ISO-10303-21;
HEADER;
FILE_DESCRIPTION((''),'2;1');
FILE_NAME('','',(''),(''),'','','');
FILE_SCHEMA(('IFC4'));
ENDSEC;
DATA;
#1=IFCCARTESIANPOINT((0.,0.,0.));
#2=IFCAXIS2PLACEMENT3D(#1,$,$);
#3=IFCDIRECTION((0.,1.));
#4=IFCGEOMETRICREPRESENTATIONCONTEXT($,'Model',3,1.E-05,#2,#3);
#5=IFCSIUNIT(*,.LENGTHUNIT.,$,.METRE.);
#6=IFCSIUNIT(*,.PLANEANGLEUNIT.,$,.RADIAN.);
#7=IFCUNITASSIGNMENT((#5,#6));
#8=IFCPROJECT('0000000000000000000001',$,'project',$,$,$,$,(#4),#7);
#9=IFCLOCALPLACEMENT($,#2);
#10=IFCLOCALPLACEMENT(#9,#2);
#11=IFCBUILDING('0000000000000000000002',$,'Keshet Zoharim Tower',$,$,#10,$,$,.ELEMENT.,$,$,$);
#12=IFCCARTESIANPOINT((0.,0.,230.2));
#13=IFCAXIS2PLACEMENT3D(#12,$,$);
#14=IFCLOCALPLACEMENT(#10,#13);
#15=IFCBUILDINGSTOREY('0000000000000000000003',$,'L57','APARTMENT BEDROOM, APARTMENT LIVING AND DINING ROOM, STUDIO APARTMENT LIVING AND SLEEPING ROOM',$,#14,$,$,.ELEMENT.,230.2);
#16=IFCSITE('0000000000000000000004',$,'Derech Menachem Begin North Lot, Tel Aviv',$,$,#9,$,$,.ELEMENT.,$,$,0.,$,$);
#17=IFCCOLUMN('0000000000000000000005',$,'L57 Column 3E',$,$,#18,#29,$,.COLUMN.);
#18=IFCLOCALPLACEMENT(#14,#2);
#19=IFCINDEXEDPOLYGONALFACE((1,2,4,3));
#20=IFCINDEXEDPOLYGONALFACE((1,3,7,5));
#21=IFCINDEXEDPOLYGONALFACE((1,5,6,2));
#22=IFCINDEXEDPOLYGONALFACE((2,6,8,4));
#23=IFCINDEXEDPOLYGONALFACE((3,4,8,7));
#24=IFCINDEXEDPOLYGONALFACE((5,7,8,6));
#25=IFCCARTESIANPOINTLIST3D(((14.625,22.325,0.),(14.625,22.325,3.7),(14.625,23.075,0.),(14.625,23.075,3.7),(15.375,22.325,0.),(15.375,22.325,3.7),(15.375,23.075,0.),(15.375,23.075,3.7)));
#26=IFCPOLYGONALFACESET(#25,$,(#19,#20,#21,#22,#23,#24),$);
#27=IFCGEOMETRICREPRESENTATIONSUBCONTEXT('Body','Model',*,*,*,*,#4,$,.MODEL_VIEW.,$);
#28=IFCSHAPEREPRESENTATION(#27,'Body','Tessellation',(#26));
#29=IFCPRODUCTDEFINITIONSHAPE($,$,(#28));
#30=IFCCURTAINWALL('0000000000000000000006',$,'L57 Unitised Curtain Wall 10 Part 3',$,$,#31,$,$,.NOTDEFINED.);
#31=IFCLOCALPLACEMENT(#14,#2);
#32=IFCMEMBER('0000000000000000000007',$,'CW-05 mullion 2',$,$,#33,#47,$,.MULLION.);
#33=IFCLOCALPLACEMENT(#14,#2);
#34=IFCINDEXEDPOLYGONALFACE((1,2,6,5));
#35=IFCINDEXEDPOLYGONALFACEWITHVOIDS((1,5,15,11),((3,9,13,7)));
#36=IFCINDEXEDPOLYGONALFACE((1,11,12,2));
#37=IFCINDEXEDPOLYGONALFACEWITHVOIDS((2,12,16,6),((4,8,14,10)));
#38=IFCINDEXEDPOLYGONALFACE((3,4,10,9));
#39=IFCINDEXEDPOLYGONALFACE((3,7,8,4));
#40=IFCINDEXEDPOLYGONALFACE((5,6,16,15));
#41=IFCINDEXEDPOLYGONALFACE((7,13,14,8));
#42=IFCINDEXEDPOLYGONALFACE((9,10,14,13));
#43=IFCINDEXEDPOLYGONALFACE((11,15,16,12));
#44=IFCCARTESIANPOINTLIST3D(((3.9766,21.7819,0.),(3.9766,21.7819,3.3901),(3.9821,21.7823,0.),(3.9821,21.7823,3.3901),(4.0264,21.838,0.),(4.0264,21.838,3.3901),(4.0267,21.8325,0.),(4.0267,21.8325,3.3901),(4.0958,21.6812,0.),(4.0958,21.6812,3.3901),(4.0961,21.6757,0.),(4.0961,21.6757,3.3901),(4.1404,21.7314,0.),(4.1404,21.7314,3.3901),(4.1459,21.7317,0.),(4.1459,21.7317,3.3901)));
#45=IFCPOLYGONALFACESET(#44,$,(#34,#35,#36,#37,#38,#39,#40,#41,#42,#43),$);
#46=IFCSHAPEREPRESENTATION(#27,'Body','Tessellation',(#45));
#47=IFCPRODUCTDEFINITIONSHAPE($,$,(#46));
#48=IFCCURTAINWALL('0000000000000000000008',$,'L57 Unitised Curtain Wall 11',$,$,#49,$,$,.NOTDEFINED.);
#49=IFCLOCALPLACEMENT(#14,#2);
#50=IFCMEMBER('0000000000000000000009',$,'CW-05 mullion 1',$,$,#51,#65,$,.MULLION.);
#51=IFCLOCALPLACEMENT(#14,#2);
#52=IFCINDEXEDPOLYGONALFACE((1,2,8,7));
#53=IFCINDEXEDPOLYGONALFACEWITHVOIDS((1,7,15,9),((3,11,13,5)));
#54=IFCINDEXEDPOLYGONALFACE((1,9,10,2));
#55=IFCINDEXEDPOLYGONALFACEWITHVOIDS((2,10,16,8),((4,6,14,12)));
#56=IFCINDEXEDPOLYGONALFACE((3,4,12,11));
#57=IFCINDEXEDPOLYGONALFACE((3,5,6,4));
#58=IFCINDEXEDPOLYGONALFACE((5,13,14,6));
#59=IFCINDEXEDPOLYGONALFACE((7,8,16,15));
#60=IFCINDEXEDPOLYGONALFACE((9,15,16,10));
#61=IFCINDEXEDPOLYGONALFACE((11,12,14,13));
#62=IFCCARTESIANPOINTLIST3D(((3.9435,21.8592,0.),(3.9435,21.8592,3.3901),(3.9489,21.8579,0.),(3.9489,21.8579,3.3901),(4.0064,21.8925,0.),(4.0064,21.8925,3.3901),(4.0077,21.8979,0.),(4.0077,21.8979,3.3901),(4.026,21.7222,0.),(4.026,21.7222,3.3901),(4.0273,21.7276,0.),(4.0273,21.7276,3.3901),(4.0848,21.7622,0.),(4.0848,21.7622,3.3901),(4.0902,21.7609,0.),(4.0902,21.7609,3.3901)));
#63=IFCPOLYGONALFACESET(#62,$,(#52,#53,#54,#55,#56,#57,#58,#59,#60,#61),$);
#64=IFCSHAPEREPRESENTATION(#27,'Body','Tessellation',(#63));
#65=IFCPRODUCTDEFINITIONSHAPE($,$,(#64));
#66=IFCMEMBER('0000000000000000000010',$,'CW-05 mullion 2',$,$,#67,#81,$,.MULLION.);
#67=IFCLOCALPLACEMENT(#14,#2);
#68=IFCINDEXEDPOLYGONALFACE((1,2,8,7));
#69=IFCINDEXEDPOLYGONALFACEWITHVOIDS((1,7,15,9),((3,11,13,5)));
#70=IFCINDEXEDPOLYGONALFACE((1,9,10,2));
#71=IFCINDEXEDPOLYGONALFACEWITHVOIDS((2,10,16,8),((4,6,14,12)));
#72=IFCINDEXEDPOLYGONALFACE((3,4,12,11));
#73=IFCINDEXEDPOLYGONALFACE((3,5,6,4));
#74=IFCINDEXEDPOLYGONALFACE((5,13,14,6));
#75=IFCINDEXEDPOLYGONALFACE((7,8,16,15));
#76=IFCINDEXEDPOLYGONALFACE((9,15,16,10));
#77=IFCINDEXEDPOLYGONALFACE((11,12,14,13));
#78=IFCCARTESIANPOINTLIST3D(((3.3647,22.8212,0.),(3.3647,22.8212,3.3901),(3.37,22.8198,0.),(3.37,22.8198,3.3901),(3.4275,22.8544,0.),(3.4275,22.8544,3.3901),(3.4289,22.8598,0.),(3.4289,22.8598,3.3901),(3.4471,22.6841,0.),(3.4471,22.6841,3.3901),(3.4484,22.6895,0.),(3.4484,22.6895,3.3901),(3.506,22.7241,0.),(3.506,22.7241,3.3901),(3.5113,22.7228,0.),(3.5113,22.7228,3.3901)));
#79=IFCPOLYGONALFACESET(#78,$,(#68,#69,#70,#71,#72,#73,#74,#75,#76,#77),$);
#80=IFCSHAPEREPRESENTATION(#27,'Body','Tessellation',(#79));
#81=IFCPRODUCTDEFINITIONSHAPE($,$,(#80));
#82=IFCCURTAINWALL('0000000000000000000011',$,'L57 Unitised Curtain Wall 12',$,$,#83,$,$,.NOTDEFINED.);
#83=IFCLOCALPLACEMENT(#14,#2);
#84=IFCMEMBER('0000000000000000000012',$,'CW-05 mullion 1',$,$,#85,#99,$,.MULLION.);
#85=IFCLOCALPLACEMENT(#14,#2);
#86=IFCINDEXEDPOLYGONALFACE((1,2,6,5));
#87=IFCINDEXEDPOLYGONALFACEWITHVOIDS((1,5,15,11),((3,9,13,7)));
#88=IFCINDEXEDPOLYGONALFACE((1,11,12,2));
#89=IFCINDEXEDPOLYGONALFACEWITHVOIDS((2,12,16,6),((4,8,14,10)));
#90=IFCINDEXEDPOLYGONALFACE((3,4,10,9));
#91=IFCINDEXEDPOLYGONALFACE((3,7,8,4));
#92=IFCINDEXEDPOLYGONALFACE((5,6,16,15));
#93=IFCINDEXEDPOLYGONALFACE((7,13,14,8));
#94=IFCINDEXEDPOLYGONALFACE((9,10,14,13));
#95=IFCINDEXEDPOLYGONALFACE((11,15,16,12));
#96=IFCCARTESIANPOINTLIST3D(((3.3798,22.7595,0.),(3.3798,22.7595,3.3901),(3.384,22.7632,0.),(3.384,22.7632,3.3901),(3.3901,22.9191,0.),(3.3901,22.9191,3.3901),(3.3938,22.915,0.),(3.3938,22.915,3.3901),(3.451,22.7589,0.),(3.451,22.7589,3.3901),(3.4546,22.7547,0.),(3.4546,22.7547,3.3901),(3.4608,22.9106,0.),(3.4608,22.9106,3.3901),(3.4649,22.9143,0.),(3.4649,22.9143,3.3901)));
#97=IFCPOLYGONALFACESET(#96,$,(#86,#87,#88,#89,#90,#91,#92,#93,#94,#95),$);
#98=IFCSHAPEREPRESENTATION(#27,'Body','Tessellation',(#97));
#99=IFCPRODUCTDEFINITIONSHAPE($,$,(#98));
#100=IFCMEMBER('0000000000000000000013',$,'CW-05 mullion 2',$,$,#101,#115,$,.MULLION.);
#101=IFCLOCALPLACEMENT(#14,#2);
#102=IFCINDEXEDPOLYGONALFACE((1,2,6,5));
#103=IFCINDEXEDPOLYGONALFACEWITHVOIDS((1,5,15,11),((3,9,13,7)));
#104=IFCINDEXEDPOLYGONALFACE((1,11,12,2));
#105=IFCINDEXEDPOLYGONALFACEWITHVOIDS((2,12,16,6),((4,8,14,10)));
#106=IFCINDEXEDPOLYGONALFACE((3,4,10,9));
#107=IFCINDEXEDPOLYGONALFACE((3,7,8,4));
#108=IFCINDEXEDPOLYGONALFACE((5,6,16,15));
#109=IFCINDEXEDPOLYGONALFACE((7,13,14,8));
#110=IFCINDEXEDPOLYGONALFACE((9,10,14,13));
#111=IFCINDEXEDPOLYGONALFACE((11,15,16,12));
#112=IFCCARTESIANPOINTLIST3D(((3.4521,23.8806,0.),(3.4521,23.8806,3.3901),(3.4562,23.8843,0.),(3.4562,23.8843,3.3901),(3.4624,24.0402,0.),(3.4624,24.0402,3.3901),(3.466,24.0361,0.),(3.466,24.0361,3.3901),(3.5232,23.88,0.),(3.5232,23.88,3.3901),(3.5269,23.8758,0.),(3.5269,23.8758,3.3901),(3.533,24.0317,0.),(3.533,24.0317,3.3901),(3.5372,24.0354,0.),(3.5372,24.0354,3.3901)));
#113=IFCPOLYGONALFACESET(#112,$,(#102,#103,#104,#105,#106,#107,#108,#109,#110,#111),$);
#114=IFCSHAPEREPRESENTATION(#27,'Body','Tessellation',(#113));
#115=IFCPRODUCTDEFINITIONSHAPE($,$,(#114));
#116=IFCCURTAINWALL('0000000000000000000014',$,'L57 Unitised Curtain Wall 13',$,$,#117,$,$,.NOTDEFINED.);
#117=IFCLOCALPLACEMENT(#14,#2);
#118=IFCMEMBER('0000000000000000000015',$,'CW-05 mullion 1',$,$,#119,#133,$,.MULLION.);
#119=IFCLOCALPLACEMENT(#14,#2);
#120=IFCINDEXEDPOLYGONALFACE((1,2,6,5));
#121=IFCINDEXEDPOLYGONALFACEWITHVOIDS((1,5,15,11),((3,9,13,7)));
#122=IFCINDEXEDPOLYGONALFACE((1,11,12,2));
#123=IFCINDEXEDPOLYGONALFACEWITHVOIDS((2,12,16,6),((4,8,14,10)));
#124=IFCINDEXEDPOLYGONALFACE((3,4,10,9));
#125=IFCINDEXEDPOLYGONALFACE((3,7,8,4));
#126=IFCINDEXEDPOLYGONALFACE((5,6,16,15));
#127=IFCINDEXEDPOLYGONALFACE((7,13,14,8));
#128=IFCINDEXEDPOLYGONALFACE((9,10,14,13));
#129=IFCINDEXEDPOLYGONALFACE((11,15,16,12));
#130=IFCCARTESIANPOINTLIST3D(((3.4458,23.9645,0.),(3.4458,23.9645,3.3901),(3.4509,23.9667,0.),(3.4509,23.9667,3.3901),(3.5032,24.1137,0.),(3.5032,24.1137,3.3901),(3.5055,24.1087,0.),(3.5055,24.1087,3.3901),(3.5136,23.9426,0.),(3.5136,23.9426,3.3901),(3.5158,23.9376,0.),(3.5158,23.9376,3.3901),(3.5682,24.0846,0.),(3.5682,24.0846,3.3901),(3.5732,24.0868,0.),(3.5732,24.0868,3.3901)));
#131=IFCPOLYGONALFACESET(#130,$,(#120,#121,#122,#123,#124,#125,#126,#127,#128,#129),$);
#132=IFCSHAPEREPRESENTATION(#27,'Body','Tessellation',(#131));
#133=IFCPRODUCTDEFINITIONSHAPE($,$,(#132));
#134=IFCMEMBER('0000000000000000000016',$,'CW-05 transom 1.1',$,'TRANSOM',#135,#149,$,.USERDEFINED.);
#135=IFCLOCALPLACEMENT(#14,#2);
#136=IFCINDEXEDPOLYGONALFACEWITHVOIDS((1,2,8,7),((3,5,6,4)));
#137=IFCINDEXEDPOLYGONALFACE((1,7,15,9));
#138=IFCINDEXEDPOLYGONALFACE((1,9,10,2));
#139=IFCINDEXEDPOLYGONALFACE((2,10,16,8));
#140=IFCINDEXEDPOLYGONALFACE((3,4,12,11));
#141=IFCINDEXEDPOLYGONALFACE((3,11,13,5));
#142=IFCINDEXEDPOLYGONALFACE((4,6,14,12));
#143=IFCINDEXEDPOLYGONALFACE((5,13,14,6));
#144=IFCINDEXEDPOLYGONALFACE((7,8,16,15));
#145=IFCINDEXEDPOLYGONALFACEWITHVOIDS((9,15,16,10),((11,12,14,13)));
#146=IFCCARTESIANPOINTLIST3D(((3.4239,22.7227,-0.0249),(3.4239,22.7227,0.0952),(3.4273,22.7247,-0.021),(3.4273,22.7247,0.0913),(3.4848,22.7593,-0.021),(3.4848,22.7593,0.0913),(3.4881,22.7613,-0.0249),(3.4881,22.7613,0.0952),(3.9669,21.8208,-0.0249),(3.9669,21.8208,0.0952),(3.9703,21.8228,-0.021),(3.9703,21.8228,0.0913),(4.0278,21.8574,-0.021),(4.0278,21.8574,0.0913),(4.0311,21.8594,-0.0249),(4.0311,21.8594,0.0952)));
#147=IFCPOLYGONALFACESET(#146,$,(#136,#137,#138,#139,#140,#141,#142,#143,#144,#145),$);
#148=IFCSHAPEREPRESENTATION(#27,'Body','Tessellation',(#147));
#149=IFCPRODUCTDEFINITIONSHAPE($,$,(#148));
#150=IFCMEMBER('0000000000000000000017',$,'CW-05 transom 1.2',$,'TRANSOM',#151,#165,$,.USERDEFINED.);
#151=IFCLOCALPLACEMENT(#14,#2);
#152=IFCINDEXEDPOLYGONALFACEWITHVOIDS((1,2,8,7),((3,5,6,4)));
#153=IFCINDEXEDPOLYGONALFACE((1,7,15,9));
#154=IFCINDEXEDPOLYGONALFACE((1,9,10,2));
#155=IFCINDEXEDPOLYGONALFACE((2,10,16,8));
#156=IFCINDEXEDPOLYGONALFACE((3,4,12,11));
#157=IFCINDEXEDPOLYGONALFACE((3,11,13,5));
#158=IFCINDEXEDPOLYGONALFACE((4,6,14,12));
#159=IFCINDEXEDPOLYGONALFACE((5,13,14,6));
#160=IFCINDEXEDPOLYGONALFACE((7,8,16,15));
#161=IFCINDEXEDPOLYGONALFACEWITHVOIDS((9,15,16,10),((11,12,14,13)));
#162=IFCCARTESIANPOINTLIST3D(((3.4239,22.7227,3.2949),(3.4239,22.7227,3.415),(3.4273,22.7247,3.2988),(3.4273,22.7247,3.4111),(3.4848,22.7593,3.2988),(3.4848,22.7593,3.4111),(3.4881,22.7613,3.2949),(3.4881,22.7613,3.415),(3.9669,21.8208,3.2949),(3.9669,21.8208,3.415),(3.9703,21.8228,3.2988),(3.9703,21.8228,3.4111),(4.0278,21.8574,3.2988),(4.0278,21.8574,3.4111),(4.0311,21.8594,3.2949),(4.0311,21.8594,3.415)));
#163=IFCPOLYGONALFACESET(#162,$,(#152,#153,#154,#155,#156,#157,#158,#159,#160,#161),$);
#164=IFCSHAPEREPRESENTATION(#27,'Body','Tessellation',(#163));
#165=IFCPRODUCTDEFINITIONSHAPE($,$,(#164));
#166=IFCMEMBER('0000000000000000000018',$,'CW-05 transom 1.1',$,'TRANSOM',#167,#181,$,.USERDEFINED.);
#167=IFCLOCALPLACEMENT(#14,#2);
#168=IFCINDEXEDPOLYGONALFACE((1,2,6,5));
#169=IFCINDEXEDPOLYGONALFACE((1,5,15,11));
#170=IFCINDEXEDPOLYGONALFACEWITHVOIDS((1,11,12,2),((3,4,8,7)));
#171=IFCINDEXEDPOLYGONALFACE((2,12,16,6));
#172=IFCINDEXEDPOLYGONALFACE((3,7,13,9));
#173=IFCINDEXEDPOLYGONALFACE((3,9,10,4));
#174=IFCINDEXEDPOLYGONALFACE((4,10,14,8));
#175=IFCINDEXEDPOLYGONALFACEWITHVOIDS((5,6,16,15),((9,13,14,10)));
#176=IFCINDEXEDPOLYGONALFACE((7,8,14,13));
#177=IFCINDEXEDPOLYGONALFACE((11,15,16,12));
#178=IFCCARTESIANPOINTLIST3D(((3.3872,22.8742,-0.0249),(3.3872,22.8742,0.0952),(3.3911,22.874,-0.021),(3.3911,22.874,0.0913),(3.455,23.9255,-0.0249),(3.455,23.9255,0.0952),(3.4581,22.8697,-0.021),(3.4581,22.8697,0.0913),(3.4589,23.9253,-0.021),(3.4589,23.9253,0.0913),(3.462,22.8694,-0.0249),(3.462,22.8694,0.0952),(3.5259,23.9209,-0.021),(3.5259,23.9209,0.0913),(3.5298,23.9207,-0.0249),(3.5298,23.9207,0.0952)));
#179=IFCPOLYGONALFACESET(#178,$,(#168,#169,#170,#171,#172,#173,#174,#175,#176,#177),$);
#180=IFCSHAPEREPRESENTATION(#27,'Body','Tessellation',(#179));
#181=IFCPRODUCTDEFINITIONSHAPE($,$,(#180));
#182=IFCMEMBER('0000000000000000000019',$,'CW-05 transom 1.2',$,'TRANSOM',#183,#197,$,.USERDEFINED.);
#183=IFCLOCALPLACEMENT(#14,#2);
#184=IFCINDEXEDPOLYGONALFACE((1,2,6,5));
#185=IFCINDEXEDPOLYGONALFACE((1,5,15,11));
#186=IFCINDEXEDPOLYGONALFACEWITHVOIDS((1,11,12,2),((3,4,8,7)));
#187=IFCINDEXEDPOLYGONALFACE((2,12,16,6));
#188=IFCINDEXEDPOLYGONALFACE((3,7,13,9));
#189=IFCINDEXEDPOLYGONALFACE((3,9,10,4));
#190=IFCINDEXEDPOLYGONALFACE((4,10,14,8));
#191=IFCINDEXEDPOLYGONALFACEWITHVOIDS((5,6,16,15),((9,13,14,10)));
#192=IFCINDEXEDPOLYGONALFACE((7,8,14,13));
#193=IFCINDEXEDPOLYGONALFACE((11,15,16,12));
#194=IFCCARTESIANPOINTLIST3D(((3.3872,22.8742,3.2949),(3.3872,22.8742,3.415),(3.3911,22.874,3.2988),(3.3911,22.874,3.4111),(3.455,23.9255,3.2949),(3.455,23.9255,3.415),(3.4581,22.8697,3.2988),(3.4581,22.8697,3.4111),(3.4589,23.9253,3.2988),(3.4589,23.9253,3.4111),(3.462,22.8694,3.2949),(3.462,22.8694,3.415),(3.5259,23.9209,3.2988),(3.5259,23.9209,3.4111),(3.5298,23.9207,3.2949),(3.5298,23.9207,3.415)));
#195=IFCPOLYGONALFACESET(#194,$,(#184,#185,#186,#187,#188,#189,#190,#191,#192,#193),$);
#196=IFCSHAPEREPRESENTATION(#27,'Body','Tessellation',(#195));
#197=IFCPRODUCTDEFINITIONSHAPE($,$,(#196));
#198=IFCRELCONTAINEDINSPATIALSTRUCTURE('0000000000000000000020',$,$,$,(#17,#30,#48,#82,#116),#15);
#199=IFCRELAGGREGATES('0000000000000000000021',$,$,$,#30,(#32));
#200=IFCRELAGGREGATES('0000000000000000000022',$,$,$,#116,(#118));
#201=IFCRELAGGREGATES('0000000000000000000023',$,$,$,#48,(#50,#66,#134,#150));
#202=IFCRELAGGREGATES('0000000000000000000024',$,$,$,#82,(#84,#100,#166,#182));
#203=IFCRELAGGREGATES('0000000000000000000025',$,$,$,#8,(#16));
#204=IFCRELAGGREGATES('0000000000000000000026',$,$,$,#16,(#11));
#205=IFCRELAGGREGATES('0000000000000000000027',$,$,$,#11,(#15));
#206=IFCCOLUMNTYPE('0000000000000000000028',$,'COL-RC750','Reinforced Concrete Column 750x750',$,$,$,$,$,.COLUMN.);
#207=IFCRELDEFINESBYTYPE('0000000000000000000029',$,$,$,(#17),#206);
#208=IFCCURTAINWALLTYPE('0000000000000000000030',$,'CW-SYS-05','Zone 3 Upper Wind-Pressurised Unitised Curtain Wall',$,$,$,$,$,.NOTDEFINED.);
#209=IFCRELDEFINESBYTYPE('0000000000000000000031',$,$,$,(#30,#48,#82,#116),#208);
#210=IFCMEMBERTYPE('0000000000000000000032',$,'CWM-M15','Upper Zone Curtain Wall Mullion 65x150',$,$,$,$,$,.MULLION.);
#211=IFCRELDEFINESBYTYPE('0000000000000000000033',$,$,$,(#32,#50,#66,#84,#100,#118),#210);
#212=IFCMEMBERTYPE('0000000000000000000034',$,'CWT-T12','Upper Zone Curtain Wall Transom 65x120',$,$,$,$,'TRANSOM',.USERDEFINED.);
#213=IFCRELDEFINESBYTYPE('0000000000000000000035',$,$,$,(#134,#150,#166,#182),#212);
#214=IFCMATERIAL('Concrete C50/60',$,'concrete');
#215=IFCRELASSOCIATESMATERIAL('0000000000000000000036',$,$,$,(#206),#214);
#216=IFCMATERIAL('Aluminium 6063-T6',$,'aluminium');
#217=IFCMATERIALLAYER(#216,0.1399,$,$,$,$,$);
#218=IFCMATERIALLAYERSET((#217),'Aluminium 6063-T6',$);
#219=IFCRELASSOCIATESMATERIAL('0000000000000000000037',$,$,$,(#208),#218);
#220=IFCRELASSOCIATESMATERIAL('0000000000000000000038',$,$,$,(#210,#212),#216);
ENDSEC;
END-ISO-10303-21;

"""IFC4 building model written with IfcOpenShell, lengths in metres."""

from ifc_helpers import new_model, si_unit, direction, frame, origin, origin_2d, place, context, subcontext, project, spatial, rectangle, hollow_rectangle, extrude, material, layer, layer_set, material_profile, profile_set, type_object, element, aggregate, save


model = new_model("IFC4")

# Units and contexts
model_context = context("Model", 3, precision=1e-05, world=origin(), true_north=direction((0.0, 1.0)))
body_context = subcontext(model_context, "Body", "Model", "MODEL_VIEW")
ifc_project = project(units=[si_unit("LENGTHUNIT", "METRE"), si_unit("PLANEANGLEUNIT", "RADIAN")], contexts=[model_context])

# Site, building, storey
site_placement = place(None, origin())
site = spatial("IfcSite", under=ifc_project, at=site_placement, Name="Derech Menachem Begin North Lot, Tel Aviv", CompositionType="ELEMENT", RefElevation=0.0)
building_placement = place(site_placement, origin())
building = spatial("IfcBuilding", under=site, at=building_placement, Name="Keshet Zoharim Tower", CompositionType="ELEMENT")
storey_placement = place(building_placement, frame((0.0, 0.0, 230.2)))
storey = spatial("IfcBuildingStorey", under=building, at=storey_placement, Name="L57", Description="APARTMENT BEDROOM, APARTMENT LIVING AND DINING ROOM, STUDIO APARTMENT LIVING AND SLEEPING ROOM", CompositionType="ELEMENT", Elevation=230.2)

# Column
ifc_material_1 = material(Name="Concrete C50/60", Category="concrete")
ifc_material_profile_1 = material_profile(ifc_material_1, rectangle(XDim=0.75, YDim=0.75, at=origin_2d()), Name="RC750x750")
ifc_profile_set_1 = profile_set([ifc_material_profile_1], Name="Concrete C50/60")
column_type = type_object("IfcColumnType", Name="COL-RC750", Description="Reinforced Concrete Column 750x750", PredefinedType="COLUMN", material=ifc_profile_set_1)
column_placement = place(storey_placement, frame((15.0, 22.7, 0.0), z_axis=(0.0, 0.0, 1.0), x_axis=(1.0, 0.0, 0.0)))
element("IfcColumn", 1, at=column_placement, inside=storey, type_object=column_type, Name="L57 Column 3E", PredefinedType="COLUMN", context=body_context, shape_type="SweptSolid", body=[
    extrude(rectangle(XDim=0.75, YDim=0.75, at=origin_2d()), origin(), (0.0, 0.0, 1.0), 3.7),
])

# Curtain wall, member
ifc_material_2 = material(Name="Aluminium 6063-T6", Category="aluminium")
ifc_layer_1 = layer(ifc_material_2, 0.1399)
ifc_layer_set_1 = layer_set([ifc_layer_1], Name="Aluminium 6063-T6")
curtain_wall_type = type_object("IfcCurtainWallType", Name="CW-SYS-05", Description="Zone 3 Upper Wind-Pressurised Unitised Curtain Wall", PredefinedType="NOTDEFINED", material=ifc_layer_set_1)
curtain_wall_1_placement = place(storey_placement, origin())
curtain_wall_1 = element("IfcCurtainWall", 2, at=curtain_wall_1_placement, inside=storey, type_object=curtain_wall_type, Name="L57 Unitised Curtain Wall 10 Part 3", PredefinedType="NOTDEFINED")
ifc_material_profile_2 = material_profile(ifc_material_2, hollow_rectangle(XDim=0.075, YDim=0.1599, WallThickness=0.0039, at=origin_2d()), Name="MUL-75x160")
ifc_profile_set_2 = profile_set([ifc_material_profile_2], Name="Aluminium 6063-T6")
member_type_1 = type_object("IfcMemberType", Name="CWM-M15", Description="Upper Zone Curtain Wall Mullion 65x150", PredefinedType="MULLION", material=ifc_profile_set_2)
member_1_placement = place(storey_placement, frame((4.0613, 21.7568, 0.0), z_axis=(0.0, 0.0, 1.0), x_axis=(-0.664364, -0.747409, 0.0)))
member_1 = element("IfcMember", 3, at=member_1_placement, type_object=member_type_1, Name="CW-05 mullion 2", PredefinedType="MULLION", context=body_context, shape_type="SweptSolid", body=[
    extrude(hollow_rectangle(XDim=0.075, YDim=0.1599, WallThickness=0.0039, at=origin_2d()), origin(), (0.0, 0.0, 1.0), 3.3901),
])
aggregate(curtain_wall_1, [member_1])

# Curtain walls, members
curtain_wall_2_placement = place(storey_placement, origin())
curtain_wall_2 = element("IfcCurtainWall", 4, at=curtain_wall_2_placement, inside=storey, type_object=curtain_wall_type, Name="L57 Unitised Curtain Wall 11", PredefinedType="NOTDEFINED")
member_2_placement = place(storey_placement, frame((4.0168, 21.8101, 0.0), z_axis=(0.0, 0.0, 1.0), x_axis=(-0.856826, -0.515605, 0.0)))
member_2 = element("IfcMember", 5, at=member_2_placement, type_object=member_type_1, Name="CW-05 mullion 1", PredefinedType="MULLION", context=body_context, shape_type="SweptSolid", body=[
    extrude(hollow_rectangle(XDim=0.075, YDim=0.1599, WallThickness=0.0039, at=origin_2d()), origin(), (0.0, 0.0, 1.0), 3.3901),
])
member_3_placement = place(storey_placement, frame((3.438, 22.772, 0.0), z_axis=(0.0, 0.0, 1.0), x_axis=(-0.856826, -0.515605, 0.0)))
member_3 = element("IfcMember", 6, at=member_3_placement, type_object=member_type_1, Name="CW-05 mullion 2", PredefinedType="MULLION", context=body_context, shape_type="SweptSolid", body=[
    extrude(hollow_rectangle(XDim=0.075, YDim=0.1599, WallThickness=0.0039, at=origin_2d()), origin(), (0.0, 0.0, 1.0), 3.3901),
])
curtain_wall_3_placement = place(storey_placement, origin())
curtain_wall_3 = element("IfcCurtainWall", 7, at=curtain_wall_3_placement, inside=storey, type_object=curtain_wall_type, Name="L57 Unitised Curtain Wall 12", PredefinedType="NOTDEFINED")
member_4_placement = place(storey_placement, frame((3.4224, 22.8369, 0.0), z_axis=(0.0, 0.0, 1.0), x_axis=(-0.997917, 0.064517, 0.0)))
member_4 = element("IfcMember", 8, at=member_4_placement, type_object=member_type_1, Name="CW-05 mullion 1", PredefinedType="MULLION", context=body_context, shape_type="SweptSolid", body=[
    extrude(hollow_rectangle(XDim=0.075, YDim=0.1599, WallThickness=0.0039, at=origin_2d()), origin(), (0.0, 0.0, 1.0), 3.3901),
])
member_5_placement = place(storey_placement, frame((3.4946, 23.958, 0.0), z_axis=(0.0, 0.0, 1.0), x_axis=(-0.997917, 0.064517, 0.0)))
member_5 = element("IfcMember", 9, at=member_5_placement, type_object=member_type_1, Name="CW-05 mullion 2", PredefinedType="MULLION", context=body_context, shape_type="SweptSolid", body=[
    extrude(hollow_rectangle(XDim=0.075, YDim=0.1599, WallThickness=0.0039, at=origin_2d()), origin(), (0.0, 0.0, 1.0), 3.3901),
])

# Curtain wall, member
curtain_wall_4_placement = place(storey_placement, origin())
curtain_wall_4 = element("IfcCurtainWall", 10, at=curtain_wall_4_placement, inside=storey, type_object=curtain_wall_type, Name="L57 Unitised Curtain Wall 13", PredefinedType="NOTDEFINED")
member_6_placement = place(storey_placement, frame((3.5095, 24.0256, 0.0), z_axis=(0.0, 0.0, 1.0), x_axis=(-0.933341, 0.35899, 0.0)))
member_6 = element("IfcMember", 11, at=member_6_placement, type_object=member_type_1, Name="CW-05 mullion 1", PredefinedType="MULLION", context=body_context, shape_type="SweptSolid", body=[
    extrude(hollow_rectangle(XDim=0.075, YDim=0.1599, WallThickness=0.0039, at=origin_2d()), origin(), (0.0, 0.0, 1.0), 3.3901),
])

# Members
ifc_material_profile_3 = material_profile(ifc_material_2, hollow_rectangle(XDim=0.075, YDim=0.1201, WallThickness=0.0039, at=origin_2d()), Name="TRN-75x120")
ifc_profile_set_3 = profile_set([ifc_material_profile_3], Name="Aluminium 6063-T6")
member_type_2 = type_object("IfcMemberType", Name="CWT-T12", Description="Upper Zone Curtain Wall Transom 65x120", ElementType="TRANSOM", PredefinedType="USERDEFINED", material=ifc_profile_set_3)
member_7_placement = place(storey_placement, frame((3.999, 21.8401, 0.0352), z_axis=(-0.515791, 0.856714, 0.0), x_axis=(-0.856714, -0.515791, 0.0)))
member_7 = element("IfcMember", 12, at=member_7_placement, type_object=member_type_2, Name="CW-05 transom 1.1", ObjectType="TRANSOM", PredefinedType="USERDEFINED", context=body_context, shape_type="SweptSolid", body=[
    extrude(hollow_rectangle(XDim=0.075, YDim=0.1201, WallThickness=0.0039, at=origin_2d()), origin(), (0.0, 0.0, 1.0), 1.0527),
])
member_8_placement = place(storey_placement, frame((3.999, 21.8401, 3.355), z_axis=(-0.515791, 0.856714, 0.0), x_axis=(-0.856714, -0.515791, 0.0)))
member_8 = element("IfcMember", 13, at=member_8_placement, type_object=member_type_2, Name="CW-05 transom 1.2", ObjectType="TRANSOM", PredefinedType="USERDEFINED", context=body_context, shape_type="SweptSolid", body=[
    extrude(hollow_rectangle(XDim=0.075, YDim=0.1201, WallThickness=0.0039, at=origin_2d()), origin(), (0.0, 0.0, 1.0), 1.0527),
])
member_9_placement = place(storey_placement, frame((3.4246, 22.8718, 0.0352), z_axis=(0.064427, 0.997922, 0.0), x_axis=(-0.997922, 0.064427, 0.0)))
member_9 = element("IfcMember", 14, at=member_9_placement, type_object=member_type_2, Name="CW-05 transom 1.1", ObjectType="TRANSOM", PredefinedType="USERDEFINED", context=body_context, shape_type="SweptSolid", body=[
    extrude(hollow_rectangle(XDim=0.075, YDim=0.1201, WallThickness=0.0039, at=origin_2d()), origin(), (0.0, 0.0, 1.0), 1.0535),
])
member_10_placement = place(storey_placement, frame((3.4246, 22.8718, 3.355), z_axis=(0.064427, 0.997922, 0.0), x_axis=(-0.997922, 0.064427, 0.0)))
member_10 = element("IfcMember", 15, at=member_10_placement, type_object=member_type_2, Name="CW-05 transom 1.2", ObjectType="TRANSOM", PredefinedType="USERDEFINED", context=body_context, shape_type="SweptSolid", body=[
    extrude(hollow_rectangle(XDim=0.075, YDim=0.1201, WallThickness=0.0039, at=origin_2d()), origin(), (0.0, 0.0, 1.0), 1.0535),
])
aggregate(curtain_wall_4, [member_6])

aggregate(curtain_wall_2, [member_2, member_3, member_7, member_8])
aggregate(curtain_wall_3, [member_4, member_5, member_9, member_10])

save(model, "model.ifc")
